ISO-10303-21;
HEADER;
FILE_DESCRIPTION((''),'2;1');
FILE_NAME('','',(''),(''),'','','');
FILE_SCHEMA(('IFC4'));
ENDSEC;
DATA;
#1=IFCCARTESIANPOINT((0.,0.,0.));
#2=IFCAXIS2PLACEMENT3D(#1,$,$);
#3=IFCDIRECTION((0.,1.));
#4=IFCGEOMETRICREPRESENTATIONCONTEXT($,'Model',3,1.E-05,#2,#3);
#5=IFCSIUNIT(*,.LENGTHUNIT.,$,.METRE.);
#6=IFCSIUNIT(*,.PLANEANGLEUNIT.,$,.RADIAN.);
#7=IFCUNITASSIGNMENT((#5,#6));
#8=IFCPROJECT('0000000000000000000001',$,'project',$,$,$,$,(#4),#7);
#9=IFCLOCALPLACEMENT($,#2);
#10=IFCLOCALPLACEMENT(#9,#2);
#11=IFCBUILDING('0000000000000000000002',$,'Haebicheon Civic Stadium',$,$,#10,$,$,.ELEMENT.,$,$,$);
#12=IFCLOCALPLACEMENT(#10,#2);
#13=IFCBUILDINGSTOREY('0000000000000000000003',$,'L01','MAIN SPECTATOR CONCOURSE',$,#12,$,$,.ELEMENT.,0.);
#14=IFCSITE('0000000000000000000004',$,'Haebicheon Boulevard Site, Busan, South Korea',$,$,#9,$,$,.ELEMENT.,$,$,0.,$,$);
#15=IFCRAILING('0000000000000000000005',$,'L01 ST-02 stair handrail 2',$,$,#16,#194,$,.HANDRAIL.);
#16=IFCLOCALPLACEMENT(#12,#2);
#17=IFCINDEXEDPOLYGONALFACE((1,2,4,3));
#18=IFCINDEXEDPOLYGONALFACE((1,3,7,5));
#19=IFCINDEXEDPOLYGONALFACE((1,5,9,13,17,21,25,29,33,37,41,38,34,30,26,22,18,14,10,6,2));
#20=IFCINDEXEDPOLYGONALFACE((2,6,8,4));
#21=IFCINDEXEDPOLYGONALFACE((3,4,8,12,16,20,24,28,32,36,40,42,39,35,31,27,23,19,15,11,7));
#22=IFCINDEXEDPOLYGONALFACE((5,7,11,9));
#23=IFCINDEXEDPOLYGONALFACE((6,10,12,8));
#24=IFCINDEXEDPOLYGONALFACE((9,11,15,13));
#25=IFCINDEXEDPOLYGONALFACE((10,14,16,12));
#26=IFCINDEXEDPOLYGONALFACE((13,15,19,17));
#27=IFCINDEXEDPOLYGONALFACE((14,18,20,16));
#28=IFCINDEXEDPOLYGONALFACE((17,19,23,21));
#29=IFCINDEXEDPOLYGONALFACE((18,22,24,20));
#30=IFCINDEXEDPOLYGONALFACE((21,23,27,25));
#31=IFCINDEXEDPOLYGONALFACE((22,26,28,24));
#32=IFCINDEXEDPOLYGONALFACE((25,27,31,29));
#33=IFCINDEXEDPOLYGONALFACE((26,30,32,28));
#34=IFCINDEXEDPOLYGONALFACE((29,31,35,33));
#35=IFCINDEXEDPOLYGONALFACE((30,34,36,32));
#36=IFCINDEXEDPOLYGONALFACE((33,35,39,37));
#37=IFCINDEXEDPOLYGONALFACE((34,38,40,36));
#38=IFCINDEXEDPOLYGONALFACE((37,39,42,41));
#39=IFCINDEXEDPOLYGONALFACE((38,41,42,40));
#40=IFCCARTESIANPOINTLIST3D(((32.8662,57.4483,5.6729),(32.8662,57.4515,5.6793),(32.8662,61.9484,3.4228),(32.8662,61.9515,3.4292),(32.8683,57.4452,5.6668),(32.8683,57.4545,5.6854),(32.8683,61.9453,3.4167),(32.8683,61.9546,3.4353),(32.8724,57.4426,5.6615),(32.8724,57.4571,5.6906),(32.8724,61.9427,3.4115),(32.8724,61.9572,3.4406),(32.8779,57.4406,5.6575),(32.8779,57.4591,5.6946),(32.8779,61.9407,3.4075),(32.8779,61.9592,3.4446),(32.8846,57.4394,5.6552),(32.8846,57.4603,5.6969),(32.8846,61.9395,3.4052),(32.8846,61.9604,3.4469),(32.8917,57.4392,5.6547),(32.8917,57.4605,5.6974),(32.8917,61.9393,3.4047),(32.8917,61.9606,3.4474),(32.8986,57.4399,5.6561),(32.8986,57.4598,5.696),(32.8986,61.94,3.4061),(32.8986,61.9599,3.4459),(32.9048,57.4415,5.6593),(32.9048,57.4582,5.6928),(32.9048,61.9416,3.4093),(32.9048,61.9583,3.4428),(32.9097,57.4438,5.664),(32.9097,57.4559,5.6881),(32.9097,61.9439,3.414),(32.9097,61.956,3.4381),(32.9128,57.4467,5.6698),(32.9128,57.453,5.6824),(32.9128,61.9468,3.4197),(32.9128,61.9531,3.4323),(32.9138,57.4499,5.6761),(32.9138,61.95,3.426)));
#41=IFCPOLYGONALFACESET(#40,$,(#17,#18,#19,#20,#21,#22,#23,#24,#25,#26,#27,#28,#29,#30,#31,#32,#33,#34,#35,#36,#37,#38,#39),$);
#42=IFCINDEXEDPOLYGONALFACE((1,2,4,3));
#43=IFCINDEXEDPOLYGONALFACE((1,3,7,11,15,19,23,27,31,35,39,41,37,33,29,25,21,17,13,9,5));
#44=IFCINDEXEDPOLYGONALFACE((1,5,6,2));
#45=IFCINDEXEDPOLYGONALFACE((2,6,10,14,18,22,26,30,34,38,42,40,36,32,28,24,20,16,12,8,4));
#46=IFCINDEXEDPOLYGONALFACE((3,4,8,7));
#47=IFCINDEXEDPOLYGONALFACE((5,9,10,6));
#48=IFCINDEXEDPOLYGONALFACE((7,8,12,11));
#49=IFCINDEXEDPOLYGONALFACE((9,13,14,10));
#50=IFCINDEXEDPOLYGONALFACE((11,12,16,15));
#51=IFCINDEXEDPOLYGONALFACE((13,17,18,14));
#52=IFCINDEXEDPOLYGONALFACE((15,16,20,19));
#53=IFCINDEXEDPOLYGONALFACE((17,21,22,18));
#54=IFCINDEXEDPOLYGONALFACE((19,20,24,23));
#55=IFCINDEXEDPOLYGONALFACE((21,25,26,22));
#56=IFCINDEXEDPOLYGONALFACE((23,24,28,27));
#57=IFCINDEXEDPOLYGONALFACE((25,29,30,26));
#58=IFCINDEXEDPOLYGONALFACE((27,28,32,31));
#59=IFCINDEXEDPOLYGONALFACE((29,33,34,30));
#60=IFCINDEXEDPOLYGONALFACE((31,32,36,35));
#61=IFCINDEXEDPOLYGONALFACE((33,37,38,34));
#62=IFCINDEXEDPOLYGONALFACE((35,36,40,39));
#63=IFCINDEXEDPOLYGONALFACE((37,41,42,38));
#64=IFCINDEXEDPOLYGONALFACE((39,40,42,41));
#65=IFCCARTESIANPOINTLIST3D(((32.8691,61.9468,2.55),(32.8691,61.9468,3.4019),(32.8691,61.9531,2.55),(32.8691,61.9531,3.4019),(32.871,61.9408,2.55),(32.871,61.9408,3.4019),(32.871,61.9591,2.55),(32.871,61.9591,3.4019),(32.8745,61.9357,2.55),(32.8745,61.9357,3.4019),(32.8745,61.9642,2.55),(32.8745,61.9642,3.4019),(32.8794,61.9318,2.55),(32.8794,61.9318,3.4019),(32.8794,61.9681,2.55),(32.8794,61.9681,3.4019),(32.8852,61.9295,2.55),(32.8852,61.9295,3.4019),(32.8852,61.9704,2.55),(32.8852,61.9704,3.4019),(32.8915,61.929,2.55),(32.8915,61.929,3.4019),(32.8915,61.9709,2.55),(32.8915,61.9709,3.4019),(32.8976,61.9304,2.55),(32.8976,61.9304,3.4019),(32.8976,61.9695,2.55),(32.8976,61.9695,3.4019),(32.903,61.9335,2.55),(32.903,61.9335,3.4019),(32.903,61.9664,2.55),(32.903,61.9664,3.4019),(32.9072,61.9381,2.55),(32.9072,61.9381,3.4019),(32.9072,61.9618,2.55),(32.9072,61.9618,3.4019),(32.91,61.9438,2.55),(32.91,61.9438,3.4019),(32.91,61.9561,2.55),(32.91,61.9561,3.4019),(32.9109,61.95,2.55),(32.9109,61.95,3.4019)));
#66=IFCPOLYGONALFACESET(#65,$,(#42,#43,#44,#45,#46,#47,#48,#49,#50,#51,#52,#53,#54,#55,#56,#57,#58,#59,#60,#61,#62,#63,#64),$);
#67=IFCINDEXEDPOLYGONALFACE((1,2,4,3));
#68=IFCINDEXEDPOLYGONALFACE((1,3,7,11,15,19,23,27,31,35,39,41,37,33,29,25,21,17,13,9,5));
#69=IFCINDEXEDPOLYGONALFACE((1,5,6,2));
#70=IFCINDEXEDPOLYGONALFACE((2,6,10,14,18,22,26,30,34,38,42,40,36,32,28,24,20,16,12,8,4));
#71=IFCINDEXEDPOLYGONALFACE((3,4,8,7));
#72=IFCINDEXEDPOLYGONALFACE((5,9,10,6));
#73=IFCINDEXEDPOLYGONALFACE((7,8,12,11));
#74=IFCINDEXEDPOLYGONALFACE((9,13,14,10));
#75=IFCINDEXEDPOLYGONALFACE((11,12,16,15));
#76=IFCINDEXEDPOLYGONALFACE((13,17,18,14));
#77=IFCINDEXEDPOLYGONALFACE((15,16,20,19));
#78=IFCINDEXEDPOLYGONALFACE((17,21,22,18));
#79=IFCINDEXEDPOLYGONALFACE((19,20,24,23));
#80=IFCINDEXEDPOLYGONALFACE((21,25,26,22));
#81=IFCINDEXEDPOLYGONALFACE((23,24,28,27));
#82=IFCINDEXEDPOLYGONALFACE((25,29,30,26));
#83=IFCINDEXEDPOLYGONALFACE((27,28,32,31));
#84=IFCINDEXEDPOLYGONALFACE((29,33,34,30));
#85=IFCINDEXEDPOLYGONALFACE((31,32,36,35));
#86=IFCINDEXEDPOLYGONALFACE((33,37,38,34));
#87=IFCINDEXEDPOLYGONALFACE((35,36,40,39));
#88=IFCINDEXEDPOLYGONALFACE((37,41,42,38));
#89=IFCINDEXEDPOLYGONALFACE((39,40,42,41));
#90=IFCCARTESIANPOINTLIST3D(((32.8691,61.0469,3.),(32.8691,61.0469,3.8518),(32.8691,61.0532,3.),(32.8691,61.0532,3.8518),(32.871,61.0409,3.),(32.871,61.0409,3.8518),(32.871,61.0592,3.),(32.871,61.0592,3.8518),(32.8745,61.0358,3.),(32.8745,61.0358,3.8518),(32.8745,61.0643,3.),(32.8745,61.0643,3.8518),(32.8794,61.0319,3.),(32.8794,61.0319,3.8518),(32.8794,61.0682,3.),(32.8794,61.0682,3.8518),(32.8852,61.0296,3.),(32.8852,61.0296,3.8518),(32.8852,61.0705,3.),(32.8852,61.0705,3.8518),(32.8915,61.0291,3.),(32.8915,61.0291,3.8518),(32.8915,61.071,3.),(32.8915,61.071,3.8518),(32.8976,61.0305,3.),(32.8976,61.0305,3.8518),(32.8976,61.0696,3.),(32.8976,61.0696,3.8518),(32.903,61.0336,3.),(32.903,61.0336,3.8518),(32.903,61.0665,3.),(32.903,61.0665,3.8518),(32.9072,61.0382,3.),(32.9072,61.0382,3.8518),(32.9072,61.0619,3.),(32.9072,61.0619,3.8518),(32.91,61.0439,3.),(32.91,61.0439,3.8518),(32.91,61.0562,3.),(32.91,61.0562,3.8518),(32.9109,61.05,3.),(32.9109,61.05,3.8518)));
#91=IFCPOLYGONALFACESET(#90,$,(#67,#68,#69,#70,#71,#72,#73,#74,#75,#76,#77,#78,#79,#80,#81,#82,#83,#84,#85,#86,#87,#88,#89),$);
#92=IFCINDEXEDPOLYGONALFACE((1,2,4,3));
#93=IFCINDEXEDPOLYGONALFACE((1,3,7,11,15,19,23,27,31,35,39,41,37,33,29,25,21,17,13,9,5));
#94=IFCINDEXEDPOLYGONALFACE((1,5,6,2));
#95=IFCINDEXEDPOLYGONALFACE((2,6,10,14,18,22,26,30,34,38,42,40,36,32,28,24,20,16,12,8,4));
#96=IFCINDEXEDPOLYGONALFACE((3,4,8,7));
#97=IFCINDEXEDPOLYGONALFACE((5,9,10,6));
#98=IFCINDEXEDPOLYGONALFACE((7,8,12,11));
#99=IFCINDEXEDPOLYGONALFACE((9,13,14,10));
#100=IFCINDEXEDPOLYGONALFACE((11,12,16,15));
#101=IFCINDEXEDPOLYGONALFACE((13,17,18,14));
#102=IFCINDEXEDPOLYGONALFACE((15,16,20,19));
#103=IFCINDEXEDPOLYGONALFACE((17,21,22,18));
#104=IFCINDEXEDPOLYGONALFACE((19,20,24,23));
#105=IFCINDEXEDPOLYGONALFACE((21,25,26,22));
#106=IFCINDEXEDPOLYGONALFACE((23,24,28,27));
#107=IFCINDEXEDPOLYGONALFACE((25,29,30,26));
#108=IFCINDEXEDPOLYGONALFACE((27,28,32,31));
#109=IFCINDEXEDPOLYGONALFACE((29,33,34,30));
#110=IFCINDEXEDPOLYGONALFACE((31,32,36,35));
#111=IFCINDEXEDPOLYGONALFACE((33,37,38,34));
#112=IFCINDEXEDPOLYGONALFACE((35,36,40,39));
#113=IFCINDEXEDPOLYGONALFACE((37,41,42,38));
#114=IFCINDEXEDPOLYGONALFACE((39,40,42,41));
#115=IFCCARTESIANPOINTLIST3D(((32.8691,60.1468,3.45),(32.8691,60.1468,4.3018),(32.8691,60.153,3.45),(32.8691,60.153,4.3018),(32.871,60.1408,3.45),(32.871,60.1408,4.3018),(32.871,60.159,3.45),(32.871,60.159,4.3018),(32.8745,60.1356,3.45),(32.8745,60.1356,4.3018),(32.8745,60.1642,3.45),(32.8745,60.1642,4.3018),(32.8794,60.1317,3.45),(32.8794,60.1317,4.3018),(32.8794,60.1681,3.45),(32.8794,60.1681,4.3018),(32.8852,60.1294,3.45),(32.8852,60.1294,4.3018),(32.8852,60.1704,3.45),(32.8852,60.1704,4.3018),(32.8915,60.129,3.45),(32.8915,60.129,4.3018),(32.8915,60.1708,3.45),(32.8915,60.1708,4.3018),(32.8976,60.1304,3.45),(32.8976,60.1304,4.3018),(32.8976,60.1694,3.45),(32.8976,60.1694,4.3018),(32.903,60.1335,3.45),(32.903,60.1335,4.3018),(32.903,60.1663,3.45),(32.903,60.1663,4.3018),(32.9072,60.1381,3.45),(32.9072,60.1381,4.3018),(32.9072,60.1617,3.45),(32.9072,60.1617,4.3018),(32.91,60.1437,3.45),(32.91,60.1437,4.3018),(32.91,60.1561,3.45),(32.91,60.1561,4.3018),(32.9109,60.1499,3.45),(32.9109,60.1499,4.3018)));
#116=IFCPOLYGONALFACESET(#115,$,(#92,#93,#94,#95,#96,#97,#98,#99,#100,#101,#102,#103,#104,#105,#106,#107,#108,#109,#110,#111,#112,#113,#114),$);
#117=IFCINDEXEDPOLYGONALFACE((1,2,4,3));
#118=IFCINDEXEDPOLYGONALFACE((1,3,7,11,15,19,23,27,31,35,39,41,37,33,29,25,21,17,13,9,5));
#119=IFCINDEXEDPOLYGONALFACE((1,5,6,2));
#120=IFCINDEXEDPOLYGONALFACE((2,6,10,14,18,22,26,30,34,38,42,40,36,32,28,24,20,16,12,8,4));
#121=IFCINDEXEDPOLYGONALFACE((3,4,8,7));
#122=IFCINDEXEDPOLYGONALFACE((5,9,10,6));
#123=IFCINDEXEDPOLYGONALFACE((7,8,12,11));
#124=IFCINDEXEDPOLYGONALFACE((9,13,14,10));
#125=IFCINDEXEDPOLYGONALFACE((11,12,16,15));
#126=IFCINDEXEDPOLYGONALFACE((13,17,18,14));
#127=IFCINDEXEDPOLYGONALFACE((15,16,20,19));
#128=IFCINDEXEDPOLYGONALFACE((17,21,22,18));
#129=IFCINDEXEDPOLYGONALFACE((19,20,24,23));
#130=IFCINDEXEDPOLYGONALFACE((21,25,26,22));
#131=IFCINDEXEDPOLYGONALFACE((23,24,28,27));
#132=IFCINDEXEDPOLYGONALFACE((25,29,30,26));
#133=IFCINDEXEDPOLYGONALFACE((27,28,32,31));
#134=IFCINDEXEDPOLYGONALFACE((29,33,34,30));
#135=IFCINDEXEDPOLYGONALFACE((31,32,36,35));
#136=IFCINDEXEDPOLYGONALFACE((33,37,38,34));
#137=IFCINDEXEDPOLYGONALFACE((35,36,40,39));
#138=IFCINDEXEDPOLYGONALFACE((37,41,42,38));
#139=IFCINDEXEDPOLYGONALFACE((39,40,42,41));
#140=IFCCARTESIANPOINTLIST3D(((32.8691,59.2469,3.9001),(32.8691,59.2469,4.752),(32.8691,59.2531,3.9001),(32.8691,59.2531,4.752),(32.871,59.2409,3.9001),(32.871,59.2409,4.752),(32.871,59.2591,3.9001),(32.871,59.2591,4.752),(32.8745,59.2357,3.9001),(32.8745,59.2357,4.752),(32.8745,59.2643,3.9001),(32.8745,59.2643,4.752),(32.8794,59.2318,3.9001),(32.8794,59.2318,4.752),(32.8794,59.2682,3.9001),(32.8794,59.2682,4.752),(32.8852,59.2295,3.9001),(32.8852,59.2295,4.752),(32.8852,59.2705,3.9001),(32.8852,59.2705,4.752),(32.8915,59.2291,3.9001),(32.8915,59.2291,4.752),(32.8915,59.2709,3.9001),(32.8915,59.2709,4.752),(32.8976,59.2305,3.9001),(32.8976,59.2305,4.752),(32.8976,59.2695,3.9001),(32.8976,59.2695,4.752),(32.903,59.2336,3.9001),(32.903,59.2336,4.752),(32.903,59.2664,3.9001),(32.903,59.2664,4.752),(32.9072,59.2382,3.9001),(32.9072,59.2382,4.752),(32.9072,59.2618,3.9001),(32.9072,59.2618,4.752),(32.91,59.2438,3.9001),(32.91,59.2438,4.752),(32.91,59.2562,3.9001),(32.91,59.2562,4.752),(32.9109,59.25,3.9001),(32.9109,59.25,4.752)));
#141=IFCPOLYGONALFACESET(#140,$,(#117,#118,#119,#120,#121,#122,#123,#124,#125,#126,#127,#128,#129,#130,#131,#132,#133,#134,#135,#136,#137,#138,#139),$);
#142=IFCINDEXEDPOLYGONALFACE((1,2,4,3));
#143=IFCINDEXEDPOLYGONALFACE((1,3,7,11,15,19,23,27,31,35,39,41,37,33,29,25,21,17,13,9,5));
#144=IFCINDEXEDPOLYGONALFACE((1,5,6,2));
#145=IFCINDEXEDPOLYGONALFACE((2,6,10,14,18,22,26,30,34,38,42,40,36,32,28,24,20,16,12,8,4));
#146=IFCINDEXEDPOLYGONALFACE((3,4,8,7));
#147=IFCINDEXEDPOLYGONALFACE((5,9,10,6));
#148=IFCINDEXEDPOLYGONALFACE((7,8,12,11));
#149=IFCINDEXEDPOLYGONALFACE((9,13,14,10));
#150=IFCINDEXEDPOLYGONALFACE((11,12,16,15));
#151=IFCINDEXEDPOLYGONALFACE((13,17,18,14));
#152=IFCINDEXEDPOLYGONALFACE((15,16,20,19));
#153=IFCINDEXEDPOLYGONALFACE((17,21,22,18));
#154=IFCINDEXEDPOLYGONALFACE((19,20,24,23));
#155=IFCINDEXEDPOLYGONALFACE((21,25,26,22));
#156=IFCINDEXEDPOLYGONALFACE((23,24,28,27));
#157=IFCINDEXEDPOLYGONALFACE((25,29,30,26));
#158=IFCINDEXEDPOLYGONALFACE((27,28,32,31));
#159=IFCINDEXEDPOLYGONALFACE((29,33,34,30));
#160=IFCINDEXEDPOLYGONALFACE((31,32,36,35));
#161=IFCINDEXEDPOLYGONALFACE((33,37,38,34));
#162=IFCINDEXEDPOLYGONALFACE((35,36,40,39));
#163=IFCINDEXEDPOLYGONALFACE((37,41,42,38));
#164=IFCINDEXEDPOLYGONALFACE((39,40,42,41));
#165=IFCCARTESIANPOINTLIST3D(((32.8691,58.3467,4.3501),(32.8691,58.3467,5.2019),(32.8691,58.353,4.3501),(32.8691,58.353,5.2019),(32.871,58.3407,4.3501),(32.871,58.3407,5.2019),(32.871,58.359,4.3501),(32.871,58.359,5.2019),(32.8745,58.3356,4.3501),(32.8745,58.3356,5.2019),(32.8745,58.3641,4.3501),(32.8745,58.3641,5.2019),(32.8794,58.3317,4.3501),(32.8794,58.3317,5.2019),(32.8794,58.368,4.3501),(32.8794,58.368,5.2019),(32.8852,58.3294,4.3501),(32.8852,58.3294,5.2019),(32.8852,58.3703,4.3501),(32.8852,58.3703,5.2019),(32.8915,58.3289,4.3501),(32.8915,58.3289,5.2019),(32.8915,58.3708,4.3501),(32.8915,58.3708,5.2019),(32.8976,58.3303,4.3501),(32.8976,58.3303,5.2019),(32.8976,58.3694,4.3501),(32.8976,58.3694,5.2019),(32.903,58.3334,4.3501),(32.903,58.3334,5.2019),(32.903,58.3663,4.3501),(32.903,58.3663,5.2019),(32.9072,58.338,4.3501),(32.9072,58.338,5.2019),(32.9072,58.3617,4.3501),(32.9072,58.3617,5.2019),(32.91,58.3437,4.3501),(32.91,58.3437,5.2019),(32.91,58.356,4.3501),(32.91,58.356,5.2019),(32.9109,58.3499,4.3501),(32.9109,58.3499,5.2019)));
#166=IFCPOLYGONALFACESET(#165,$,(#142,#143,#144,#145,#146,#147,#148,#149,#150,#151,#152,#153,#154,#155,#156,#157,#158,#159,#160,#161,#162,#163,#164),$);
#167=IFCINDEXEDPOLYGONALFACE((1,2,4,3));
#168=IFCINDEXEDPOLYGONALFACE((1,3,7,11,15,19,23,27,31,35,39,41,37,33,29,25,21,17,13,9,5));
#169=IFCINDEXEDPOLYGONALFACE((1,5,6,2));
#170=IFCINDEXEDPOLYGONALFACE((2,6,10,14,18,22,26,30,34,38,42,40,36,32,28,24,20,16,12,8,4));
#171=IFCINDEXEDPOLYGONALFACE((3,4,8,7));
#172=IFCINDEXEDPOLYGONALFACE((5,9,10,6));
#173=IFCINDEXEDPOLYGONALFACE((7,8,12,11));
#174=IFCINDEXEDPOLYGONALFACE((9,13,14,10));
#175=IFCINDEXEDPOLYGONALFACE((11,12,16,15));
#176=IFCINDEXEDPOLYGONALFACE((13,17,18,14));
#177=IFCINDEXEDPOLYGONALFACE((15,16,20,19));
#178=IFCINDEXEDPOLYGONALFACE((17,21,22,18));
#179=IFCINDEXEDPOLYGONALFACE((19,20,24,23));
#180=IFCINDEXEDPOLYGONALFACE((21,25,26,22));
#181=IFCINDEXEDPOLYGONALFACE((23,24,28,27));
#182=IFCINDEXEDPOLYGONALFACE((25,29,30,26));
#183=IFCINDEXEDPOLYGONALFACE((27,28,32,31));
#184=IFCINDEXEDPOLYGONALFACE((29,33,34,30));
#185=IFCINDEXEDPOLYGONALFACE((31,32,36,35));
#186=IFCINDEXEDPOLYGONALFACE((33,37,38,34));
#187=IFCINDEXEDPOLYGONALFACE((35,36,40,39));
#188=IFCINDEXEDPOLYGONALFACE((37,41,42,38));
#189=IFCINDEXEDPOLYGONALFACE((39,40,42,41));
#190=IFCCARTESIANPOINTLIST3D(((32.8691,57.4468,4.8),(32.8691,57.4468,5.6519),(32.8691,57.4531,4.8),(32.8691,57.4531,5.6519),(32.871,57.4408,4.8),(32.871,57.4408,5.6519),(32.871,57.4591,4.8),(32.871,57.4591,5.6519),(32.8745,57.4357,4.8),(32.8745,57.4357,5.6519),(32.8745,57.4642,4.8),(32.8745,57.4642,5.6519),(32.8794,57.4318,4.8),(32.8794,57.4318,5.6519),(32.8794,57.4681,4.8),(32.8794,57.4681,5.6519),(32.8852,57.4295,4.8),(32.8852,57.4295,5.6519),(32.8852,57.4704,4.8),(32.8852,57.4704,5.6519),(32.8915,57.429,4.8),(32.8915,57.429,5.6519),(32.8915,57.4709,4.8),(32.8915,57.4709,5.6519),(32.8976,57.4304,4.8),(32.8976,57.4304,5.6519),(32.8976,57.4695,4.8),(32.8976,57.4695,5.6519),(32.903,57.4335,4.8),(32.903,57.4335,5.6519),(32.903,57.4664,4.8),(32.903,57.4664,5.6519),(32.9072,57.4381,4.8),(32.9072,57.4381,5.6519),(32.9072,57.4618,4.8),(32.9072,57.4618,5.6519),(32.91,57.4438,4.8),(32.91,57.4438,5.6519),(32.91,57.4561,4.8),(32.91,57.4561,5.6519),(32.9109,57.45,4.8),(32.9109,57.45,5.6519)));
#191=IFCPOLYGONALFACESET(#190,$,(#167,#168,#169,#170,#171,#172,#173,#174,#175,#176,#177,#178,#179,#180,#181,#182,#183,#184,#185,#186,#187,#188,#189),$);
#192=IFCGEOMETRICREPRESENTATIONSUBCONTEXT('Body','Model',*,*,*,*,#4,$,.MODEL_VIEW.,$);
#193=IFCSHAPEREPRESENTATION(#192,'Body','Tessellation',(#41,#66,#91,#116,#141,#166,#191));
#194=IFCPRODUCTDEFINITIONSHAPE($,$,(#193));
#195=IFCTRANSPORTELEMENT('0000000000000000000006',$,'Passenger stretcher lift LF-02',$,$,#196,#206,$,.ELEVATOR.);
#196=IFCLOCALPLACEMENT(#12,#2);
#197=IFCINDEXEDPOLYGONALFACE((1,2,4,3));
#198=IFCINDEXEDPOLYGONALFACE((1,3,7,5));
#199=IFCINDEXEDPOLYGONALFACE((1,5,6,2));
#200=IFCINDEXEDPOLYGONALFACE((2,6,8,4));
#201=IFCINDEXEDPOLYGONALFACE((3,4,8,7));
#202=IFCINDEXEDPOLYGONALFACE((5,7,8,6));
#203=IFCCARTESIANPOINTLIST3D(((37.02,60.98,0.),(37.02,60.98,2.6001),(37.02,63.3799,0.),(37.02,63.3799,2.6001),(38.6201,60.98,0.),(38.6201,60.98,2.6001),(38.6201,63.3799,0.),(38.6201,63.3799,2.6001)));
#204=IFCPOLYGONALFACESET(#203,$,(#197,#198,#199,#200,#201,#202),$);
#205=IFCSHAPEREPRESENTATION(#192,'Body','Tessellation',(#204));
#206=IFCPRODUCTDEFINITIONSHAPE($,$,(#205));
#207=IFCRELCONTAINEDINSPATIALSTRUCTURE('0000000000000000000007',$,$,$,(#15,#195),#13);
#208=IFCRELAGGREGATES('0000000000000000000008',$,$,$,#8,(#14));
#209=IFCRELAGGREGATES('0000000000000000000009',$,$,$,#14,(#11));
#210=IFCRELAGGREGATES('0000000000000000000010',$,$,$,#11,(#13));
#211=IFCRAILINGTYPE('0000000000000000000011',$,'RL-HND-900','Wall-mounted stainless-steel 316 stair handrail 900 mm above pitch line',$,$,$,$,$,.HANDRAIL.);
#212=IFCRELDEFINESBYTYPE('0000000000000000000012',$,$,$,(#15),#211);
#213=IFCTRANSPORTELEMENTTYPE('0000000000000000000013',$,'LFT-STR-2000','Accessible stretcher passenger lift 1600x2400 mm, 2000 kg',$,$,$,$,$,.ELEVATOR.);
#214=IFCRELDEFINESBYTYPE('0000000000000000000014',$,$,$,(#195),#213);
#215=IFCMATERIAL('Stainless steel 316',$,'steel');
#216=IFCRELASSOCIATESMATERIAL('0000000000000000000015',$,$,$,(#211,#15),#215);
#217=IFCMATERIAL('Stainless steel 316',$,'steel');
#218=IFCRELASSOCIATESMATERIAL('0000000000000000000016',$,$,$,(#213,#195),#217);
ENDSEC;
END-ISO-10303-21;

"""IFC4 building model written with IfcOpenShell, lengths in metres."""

from ifc_helpers import new_model, si_unit, direction, frame, origin, origin_2d, place, context, subcontext, project, spatial, rectangle, circle, extrude, material, type_object, element, save


model = new_model("IFC4")

# Units and contexts
model_context = context("Model", 3, precision=1e-05, world=origin(), true_north=direction((0.0, 1.0)))
body_context = subcontext(model_context, "Body", "Model", "MODEL_VIEW")
ifc_project = project(units=[si_unit("LENGTHUNIT", "METRE"), si_unit("PLANEANGLEUNIT", "RADIAN")], contexts=[model_context])

# Site, building, storey
site_placement = place(None, origin())
site = spatial("IfcSite", under=ifc_project, at=site_placement, Name="Haebicheon Boulevard Site, Busan, South Korea", CompositionType="ELEMENT", RefElevation=0.0)
building_placement = place(site_placement, origin())
building = spatial("IfcBuilding", under=site, at=building_placement, Name="Haebicheon Civic Stadium", CompositionType="ELEMENT")
storey_placement = place(building_placement, origin())
storey = spatial("IfcBuildingStorey", under=building, at=storey_placement, Name="L01", Description="MAIN SPECTATOR CONCOURSE", CompositionType="ELEMENT", Elevation=0.0)

# Railing
ifc_material_1 = material(Name="Stainless steel 316", Category="steel")
railing_type_1 = type_object("IfcRailingType", Name="RL-HND-900", Description="Wall-mounted stainless-steel 316 stair handrail 900 mm above pitch line", PredefinedType="HANDRAIL", material=ifc_material_1)
railing_1_placement = place(storey_placement, frame((32.8899, 61.95, 2.55)))
element("IfcRailing", 1, at=railing_1_placement, inside=storey, type_object=railing_type_1, material=ifc_material_1, Name="L01 ST-02 stair handrail 2", PredefinedType="HANDRAIL", context=body_context, shape_type="SweptSolid", body=[
    extrude(circle(Radius=0.0239, at=origin_2d()), frame((0.0, 0.0, 0.876), z_axis=(0.0, -0.894427, 0.447214), x_axis=(1.0, 0.0, 0.0)), (0.0, 0.0, 1.0), 5.0312),
    extrude(circle(Radius=0.021, at=origin_2d()), origin(), (0.0, 0.0, 1.0), 0.8518),
    extrude(circle(Radius=0.021, at=origin_2d()), frame((0.0, -0.8999, 0.45)), (0.0, 0.0, 1.0), 0.8518),
    extrude(circle(Radius=0.021, at=origin_2d()), frame((0.0, -1.8, 0.8999)), (0.0, 0.0, 1.0), 0.8518),
    extrude(circle(Radius=0.021, at=origin_2d()), frame((0.0, -2.7, 1.3501)), (0.0, 0.0, 1.0), 0.8518),
    extrude(circle(Radius=0.021, at=origin_2d()), frame((0.0, -3.6001, 1.8)), (0.0, 0.0, 1.0), 0.8518),
    extrude(circle(Radius=0.021, at=origin_2d()), frame((0.0, -4.5, 2.25)), (0.0, 0.0, 1.0), 0.8518),
])

# Transport element
ifc_material_2 = material(Name="Stainless steel 316", Category="steel")
transport_element_type = type_object("IfcTransportElementType", Name="LFT-STR-2000", Description="Accessible stretcher passenger lift 1600x2400 mm, 2000 kg", PredefinedType="ELEVATOR", material=ifc_material_2)
transport_element_placement = place(storey_placement, frame((37.8201, 62.1799, 0.0), z_axis=(0.0, 0.0, 1.0), x_axis=(1.0, 0.0, 0.0)))
element("IfcTransportElement", 2, at=transport_element_placement, inside=storey, type_object=transport_element_type, material=ifc_material_2, Name="Passenger stretcher lift LF-02", PredefinedType="ELEVATOR", context=body_context, shape_type="SweptSolid", body=[
    extrude(rectangle(XDim=1.6001, YDim=2.3999, at=origin_2d()), origin(), (0.0, 0.0, 1.0), 2.6001),
])

save(model, "model.ifc")
